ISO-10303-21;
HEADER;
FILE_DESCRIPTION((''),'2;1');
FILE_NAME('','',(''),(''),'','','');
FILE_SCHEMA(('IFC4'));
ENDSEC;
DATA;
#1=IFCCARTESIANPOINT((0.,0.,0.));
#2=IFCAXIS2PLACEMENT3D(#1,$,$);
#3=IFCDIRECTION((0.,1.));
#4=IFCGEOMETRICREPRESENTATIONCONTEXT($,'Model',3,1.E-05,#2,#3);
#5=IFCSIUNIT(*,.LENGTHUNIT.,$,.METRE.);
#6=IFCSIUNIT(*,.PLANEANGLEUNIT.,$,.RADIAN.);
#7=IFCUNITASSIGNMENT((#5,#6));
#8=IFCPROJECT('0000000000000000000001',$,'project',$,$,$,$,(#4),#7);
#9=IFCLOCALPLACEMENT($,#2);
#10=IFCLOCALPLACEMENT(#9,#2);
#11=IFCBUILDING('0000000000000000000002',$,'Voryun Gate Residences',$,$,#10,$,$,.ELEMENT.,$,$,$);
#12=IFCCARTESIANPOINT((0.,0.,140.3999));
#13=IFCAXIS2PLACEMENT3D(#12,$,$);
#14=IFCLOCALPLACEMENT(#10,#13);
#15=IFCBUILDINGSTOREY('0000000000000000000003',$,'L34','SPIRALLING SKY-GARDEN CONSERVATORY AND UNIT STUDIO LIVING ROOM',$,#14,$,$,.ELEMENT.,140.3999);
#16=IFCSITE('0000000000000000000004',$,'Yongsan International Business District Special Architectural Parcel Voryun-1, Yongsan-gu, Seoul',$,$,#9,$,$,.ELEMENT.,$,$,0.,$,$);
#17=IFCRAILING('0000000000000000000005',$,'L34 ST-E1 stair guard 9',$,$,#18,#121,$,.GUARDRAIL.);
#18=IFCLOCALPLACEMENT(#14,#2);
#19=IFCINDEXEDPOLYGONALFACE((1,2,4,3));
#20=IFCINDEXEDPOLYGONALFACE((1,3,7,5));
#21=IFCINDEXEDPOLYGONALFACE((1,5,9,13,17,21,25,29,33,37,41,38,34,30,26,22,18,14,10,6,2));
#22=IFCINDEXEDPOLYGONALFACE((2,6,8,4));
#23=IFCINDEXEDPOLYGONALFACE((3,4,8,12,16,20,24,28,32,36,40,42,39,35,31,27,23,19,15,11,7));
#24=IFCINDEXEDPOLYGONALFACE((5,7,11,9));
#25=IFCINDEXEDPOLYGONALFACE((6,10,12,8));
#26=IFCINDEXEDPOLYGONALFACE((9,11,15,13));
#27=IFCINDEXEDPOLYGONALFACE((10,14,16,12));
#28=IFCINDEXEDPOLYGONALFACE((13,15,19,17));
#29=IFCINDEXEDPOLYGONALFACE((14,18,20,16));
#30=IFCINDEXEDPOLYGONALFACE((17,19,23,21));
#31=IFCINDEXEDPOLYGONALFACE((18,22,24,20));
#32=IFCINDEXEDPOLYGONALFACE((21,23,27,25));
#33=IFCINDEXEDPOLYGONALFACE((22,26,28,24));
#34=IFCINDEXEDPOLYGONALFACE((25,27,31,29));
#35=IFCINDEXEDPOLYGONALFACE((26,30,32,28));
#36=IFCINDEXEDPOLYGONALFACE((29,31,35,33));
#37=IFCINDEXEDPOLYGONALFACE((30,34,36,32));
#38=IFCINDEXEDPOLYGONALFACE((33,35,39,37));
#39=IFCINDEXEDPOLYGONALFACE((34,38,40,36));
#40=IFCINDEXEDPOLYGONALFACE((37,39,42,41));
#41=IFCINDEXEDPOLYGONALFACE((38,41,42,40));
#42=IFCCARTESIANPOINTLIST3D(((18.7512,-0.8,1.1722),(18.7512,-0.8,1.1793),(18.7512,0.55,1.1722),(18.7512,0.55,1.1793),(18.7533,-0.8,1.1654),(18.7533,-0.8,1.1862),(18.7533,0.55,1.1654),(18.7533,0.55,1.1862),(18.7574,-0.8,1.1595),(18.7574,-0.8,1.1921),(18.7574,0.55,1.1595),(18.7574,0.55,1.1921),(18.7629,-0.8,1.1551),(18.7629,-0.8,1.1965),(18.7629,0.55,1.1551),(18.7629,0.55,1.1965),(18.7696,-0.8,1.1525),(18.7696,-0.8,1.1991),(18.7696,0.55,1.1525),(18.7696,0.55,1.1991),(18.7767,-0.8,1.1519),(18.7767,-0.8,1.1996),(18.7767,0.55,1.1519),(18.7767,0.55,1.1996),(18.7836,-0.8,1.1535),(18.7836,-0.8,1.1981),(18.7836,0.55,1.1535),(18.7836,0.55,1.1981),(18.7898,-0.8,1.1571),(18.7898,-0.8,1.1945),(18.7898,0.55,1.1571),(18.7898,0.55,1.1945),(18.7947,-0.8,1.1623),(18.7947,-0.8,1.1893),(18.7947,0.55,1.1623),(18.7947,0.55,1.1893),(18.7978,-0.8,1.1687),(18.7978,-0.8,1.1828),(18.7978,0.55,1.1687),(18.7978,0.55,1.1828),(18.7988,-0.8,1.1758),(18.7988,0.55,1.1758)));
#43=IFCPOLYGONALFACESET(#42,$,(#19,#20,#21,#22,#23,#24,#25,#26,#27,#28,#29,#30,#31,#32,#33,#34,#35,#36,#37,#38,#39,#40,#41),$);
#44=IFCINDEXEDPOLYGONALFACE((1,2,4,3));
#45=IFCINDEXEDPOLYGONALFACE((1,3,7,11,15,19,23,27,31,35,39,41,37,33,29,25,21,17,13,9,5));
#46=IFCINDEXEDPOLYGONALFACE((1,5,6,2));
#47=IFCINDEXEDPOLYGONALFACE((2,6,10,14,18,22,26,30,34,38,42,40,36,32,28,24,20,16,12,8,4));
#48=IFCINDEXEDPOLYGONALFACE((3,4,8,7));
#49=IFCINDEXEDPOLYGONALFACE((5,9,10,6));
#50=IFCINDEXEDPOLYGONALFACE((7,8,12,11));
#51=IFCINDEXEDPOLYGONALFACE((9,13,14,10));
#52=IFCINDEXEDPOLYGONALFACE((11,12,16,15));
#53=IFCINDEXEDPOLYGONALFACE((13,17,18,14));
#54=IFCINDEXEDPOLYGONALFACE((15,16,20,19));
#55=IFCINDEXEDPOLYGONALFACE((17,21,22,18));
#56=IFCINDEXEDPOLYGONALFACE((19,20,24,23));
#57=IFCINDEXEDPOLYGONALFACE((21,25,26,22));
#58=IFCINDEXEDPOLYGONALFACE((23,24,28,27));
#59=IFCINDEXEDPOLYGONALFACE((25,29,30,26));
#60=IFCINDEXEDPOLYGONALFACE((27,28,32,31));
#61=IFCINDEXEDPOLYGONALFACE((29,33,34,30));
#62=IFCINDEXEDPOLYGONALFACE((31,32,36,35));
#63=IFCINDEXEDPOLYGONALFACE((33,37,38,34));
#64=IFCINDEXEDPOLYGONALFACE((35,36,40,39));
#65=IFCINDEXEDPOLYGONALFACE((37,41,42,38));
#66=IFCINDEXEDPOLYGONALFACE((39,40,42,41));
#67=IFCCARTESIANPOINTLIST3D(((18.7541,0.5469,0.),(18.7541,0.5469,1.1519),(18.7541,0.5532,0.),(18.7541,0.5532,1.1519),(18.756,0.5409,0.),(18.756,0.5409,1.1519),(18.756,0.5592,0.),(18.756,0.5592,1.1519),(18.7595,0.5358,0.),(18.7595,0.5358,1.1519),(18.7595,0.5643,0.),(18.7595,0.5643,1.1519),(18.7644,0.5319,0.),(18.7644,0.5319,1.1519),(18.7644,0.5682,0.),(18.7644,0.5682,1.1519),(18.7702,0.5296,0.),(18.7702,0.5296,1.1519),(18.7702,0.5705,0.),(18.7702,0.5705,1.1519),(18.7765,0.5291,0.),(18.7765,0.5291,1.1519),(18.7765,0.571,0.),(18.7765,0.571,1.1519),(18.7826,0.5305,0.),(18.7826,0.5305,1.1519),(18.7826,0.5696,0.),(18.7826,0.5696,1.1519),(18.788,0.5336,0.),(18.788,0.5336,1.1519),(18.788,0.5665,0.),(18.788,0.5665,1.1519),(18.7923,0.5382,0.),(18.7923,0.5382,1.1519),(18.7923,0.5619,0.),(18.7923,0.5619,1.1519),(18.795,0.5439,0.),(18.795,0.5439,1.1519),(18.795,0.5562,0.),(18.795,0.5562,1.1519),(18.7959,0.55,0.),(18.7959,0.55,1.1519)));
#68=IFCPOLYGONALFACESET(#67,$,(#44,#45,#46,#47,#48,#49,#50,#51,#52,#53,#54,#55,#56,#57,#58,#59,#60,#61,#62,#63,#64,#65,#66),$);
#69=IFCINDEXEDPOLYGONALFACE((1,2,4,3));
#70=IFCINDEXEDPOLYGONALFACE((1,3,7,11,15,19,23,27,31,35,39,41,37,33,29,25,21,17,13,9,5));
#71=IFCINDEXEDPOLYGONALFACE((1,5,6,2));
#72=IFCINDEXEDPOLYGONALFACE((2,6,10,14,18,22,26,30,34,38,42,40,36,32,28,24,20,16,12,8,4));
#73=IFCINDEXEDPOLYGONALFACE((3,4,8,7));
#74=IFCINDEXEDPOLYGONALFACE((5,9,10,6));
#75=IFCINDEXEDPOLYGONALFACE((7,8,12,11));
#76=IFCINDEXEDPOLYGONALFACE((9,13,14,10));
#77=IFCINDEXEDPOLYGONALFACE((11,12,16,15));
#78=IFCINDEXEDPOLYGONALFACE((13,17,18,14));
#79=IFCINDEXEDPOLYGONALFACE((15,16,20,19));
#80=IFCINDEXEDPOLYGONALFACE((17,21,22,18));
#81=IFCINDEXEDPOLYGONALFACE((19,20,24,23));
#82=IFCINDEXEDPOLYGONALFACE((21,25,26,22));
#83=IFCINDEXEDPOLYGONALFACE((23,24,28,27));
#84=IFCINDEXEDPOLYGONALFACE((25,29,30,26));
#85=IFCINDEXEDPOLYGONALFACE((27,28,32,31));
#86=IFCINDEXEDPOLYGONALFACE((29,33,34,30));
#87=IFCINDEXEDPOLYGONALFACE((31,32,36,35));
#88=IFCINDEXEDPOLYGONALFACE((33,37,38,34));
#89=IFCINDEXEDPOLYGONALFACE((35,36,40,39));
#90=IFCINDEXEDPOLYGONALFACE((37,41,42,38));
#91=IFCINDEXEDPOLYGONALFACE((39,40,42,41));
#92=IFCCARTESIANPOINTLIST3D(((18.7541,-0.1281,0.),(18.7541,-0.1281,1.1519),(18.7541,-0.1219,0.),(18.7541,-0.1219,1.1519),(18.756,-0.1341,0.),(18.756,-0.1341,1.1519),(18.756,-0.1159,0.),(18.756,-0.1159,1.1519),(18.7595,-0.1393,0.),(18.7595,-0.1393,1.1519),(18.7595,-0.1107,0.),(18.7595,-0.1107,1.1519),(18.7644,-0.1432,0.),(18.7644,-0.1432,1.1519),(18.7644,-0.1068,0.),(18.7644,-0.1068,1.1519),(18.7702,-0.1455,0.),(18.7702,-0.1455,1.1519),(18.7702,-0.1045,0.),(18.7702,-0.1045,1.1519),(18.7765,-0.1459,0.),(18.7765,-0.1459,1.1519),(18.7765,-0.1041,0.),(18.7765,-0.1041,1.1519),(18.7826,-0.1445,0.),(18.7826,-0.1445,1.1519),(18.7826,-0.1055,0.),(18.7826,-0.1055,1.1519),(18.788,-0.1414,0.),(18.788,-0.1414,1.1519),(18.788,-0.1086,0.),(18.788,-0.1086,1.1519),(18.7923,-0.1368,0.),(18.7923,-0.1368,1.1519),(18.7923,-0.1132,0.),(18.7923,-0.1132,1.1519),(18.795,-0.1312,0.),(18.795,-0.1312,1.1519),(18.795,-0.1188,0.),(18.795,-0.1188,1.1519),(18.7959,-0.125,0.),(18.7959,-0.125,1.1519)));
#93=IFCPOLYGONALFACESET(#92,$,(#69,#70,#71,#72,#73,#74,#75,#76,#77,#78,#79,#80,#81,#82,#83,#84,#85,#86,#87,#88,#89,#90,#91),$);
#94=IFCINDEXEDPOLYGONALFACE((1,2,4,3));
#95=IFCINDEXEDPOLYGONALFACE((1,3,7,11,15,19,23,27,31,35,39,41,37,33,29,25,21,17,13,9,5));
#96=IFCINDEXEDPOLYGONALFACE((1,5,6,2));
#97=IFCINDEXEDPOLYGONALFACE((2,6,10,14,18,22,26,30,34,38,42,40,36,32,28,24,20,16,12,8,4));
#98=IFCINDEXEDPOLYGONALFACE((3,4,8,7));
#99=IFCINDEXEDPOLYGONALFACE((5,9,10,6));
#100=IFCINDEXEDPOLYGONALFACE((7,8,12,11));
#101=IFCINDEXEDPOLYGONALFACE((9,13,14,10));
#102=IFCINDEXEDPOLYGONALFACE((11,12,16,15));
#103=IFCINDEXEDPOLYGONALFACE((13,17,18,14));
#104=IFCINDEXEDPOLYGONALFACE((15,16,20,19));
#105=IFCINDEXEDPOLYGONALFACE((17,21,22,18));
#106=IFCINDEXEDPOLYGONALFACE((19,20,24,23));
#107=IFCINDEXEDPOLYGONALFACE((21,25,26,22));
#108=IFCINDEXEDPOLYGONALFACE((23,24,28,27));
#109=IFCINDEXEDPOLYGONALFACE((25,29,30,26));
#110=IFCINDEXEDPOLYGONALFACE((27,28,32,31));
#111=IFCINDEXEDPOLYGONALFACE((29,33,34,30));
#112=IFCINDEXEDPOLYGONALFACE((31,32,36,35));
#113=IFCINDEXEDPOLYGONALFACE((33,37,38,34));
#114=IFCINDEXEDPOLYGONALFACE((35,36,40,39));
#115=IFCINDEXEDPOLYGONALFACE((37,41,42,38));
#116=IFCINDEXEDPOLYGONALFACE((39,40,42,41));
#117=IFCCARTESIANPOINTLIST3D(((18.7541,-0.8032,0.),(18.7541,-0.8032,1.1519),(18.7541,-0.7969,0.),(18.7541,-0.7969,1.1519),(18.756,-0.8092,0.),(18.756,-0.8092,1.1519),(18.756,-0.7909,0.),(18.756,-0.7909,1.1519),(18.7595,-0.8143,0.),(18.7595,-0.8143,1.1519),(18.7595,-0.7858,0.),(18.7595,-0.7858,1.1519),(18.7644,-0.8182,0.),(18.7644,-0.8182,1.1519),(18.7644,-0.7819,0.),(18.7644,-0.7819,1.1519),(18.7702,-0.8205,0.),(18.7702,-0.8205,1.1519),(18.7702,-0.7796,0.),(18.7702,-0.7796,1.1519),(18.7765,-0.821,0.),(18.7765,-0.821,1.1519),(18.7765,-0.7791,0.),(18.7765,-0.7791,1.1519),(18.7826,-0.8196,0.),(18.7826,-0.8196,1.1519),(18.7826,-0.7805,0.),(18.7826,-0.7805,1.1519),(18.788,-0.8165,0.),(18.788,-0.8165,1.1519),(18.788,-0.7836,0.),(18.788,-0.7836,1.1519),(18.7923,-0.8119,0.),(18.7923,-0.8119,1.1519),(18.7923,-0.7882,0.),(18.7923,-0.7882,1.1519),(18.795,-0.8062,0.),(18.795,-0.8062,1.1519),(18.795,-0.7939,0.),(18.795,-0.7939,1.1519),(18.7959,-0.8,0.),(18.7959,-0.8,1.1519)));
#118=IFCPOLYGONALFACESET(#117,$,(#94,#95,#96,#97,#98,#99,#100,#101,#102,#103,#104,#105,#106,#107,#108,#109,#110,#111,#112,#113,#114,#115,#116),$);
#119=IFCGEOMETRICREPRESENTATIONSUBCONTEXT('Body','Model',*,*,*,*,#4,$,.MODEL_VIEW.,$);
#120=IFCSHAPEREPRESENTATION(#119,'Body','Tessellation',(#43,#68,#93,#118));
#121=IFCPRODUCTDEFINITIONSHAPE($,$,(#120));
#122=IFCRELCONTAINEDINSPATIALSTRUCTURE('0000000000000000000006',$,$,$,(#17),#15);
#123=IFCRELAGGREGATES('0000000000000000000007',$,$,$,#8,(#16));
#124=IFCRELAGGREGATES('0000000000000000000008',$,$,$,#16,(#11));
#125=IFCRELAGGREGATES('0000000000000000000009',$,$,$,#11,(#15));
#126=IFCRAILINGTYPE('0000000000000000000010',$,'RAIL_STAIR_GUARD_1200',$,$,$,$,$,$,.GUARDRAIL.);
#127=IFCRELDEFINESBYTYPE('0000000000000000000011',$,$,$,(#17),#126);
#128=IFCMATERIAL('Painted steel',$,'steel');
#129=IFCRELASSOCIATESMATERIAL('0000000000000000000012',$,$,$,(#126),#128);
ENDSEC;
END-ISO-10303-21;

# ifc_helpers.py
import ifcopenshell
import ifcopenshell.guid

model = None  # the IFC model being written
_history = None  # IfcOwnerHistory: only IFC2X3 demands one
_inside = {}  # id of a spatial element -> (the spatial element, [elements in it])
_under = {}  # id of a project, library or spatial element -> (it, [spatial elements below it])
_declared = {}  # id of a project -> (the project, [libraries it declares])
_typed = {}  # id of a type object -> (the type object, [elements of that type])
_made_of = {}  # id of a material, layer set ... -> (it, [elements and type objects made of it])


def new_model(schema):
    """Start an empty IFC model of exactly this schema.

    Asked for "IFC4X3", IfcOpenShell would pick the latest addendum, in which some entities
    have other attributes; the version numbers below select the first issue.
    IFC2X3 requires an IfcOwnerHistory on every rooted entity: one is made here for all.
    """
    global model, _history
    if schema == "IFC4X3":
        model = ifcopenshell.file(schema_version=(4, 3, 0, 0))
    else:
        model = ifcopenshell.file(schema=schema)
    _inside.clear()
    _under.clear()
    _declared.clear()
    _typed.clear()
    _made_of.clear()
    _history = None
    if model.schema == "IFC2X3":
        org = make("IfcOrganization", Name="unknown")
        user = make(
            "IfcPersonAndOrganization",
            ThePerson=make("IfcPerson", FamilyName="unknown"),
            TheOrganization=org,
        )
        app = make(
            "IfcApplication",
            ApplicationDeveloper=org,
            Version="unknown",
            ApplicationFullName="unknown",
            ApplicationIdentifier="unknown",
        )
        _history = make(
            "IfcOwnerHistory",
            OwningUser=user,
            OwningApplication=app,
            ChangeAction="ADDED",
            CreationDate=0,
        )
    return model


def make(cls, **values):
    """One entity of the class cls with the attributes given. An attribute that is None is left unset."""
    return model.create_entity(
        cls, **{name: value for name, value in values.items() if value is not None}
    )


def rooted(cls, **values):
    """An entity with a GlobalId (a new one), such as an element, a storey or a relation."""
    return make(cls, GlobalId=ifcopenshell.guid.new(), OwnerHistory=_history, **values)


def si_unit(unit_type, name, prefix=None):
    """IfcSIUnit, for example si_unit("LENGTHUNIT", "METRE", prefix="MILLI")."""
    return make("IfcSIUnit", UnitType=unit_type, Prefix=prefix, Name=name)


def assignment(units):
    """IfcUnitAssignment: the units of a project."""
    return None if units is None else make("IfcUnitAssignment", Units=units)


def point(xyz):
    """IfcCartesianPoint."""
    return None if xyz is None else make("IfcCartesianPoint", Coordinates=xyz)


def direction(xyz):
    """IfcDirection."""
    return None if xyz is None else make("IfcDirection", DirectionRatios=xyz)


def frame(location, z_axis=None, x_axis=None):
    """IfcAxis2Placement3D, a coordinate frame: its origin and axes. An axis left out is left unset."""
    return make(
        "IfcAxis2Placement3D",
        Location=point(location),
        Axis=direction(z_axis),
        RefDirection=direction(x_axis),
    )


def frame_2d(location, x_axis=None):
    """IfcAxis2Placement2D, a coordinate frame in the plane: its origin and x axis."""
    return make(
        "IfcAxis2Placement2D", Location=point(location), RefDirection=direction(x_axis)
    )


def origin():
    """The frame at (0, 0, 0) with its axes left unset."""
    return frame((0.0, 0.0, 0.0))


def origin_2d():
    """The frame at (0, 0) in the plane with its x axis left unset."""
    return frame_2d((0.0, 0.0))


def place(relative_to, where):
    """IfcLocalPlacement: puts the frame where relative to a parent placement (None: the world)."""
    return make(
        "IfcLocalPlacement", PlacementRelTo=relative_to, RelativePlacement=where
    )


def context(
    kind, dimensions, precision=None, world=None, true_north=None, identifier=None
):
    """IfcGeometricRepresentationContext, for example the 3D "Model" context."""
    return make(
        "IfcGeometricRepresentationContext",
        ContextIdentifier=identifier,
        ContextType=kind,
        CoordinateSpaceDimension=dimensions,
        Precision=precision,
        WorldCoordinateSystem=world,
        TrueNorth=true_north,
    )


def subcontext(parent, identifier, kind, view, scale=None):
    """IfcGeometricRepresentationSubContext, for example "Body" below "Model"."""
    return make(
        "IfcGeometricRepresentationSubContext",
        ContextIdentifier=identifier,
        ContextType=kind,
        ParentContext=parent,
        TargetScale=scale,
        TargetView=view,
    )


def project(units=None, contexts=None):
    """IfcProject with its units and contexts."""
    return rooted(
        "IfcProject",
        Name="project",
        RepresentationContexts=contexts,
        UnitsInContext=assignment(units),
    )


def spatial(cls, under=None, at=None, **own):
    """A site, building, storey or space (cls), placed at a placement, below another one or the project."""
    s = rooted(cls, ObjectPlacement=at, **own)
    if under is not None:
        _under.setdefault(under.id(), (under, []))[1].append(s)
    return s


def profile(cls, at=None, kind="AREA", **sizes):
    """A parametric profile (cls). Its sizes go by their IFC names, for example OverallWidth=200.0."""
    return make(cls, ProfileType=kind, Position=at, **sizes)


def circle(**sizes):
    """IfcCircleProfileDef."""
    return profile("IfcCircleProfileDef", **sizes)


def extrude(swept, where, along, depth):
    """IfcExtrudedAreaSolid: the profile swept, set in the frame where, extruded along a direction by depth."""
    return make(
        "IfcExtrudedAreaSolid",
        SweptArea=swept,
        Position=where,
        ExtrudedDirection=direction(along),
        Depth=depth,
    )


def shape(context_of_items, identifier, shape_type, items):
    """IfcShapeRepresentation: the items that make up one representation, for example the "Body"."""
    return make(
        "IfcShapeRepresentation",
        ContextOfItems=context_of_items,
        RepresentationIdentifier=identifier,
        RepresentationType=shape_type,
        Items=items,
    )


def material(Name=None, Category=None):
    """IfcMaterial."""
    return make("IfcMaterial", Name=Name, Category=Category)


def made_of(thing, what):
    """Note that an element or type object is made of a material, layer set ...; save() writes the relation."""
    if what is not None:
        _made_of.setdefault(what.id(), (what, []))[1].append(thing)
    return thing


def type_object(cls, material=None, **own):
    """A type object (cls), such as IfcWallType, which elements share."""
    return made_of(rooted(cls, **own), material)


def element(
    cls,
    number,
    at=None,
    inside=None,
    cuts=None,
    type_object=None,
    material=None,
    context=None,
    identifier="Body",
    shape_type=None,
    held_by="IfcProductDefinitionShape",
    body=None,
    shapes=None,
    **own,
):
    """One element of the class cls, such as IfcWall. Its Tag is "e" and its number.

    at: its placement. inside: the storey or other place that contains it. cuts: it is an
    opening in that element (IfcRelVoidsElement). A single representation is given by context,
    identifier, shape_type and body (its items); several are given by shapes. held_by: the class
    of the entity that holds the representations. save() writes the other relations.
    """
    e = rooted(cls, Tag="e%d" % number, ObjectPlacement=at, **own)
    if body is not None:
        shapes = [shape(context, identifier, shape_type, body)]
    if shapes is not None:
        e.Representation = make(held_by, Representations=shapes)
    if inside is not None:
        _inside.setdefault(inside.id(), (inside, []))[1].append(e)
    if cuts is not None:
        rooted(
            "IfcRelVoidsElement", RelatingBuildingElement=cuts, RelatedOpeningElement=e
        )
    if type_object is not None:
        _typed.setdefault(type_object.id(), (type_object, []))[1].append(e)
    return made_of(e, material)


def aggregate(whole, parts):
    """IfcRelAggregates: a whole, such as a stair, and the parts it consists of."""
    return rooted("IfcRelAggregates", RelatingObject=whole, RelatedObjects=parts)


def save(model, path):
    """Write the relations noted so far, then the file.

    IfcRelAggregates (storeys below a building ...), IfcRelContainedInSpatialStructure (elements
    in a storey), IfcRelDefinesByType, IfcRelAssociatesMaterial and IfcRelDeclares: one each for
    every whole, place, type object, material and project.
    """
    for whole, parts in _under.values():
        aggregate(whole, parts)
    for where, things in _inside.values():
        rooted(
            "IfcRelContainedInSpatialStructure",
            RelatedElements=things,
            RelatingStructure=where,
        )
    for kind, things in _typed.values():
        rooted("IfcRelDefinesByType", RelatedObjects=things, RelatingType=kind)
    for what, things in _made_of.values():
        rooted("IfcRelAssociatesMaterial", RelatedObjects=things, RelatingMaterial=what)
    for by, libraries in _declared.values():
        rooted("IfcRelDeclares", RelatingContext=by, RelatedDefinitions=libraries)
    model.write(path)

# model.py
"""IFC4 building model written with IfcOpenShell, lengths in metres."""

from ifc_helpers import new_model, si_unit, direction, frame, origin, origin_2d, place, context, subcontext, project, spatial, circle, extrude, material, type_object, element, save


model = new_model("IFC4")

# Units and contexts
model_context = context("Model", 3, precision=1e-05, world=origin(), true_north=direction((0.0, 1.0)))
body_context = subcontext(model_context, "Body", "Model", "MODEL_VIEW")
ifc_project = project(units=[si_unit("LENGTHUNIT", "METRE"), si_unit("PLANEANGLEUNIT", "RADIAN")], contexts=[model_context])

# Site, building, storey
site_placement = place(None, origin())
site = spatial("IfcSite", under=ifc_project, at=site_placement, Name="Yongsan International Business District Special Architectural Parcel Voryun-1, Yongsan-gu, Seoul", CompositionType="ELEMENT", RefElevation=0.0)
building_placement = place(site_placement, origin())
building = spatial("IfcBuilding", under=site, at=building_placement, Name="Voryun Gate Residences", CompositionType="ELEMENT")
storey_placement = place(building_placement, frame((0.0, 0.0, 140.3999)))
storey = spatial("IfcBuildingStorey", under=building, at=storey_placement, Name="L34", Description="SPIRALLING SKY-GARDEN CONSERVATORY AND UNIT STUDIO LIVING ROOM", CompositionType="ELEMENT", Elevation=140.3999)

# Railing
ifc_material_1 = material(Name="Painted steel", Category="steel")
railing_type_1 = type_object("IfcRailingType", Name="RAIL_STAIR_GUARD_1200", PredefinedType="GUARDRAIL", material=ifc_material_1)
for number, where, name in (
    (1, (18.7749, 0.55, 0.0), "L34 ST-E1 stair guard 9"),
):
    element("IfcRailing", number, at=place(storey_placement, frame(where)), inside=storey, type_object=railing_type_1, Name=name, PredefinedType="GUARDRAIL", context=body_context, shape_type="SweptSolid", body=[
        extrude(circle(Radius=0.0239, at=origin_2d()), frame((0.0, 0.0, 1.1758), z_axis=(0.0, -1.0, 0.0), x_axis=(1.0, 0.0, 0.0)), (0.0, 0.0, 1.0), 1.3501),
        extrude(circle(Radius=0.021, at=origin_2d()), origin(), (0.0, 0.0, 1.0), 1.1519),
        extrude(circle(Radius=0.021, at=origin_2d()), frame((0.0, -0.675, 0.0)), (0.0, 0.0, 1.0), 1.1519),
        extrude(circle(Radius=0.021, at=origin_2d()), frame((0.0, -1.3501, 0.0)), (0.0, 0.0, 1.0), 1.1519),
    ])

save(model, "model.ifc")
